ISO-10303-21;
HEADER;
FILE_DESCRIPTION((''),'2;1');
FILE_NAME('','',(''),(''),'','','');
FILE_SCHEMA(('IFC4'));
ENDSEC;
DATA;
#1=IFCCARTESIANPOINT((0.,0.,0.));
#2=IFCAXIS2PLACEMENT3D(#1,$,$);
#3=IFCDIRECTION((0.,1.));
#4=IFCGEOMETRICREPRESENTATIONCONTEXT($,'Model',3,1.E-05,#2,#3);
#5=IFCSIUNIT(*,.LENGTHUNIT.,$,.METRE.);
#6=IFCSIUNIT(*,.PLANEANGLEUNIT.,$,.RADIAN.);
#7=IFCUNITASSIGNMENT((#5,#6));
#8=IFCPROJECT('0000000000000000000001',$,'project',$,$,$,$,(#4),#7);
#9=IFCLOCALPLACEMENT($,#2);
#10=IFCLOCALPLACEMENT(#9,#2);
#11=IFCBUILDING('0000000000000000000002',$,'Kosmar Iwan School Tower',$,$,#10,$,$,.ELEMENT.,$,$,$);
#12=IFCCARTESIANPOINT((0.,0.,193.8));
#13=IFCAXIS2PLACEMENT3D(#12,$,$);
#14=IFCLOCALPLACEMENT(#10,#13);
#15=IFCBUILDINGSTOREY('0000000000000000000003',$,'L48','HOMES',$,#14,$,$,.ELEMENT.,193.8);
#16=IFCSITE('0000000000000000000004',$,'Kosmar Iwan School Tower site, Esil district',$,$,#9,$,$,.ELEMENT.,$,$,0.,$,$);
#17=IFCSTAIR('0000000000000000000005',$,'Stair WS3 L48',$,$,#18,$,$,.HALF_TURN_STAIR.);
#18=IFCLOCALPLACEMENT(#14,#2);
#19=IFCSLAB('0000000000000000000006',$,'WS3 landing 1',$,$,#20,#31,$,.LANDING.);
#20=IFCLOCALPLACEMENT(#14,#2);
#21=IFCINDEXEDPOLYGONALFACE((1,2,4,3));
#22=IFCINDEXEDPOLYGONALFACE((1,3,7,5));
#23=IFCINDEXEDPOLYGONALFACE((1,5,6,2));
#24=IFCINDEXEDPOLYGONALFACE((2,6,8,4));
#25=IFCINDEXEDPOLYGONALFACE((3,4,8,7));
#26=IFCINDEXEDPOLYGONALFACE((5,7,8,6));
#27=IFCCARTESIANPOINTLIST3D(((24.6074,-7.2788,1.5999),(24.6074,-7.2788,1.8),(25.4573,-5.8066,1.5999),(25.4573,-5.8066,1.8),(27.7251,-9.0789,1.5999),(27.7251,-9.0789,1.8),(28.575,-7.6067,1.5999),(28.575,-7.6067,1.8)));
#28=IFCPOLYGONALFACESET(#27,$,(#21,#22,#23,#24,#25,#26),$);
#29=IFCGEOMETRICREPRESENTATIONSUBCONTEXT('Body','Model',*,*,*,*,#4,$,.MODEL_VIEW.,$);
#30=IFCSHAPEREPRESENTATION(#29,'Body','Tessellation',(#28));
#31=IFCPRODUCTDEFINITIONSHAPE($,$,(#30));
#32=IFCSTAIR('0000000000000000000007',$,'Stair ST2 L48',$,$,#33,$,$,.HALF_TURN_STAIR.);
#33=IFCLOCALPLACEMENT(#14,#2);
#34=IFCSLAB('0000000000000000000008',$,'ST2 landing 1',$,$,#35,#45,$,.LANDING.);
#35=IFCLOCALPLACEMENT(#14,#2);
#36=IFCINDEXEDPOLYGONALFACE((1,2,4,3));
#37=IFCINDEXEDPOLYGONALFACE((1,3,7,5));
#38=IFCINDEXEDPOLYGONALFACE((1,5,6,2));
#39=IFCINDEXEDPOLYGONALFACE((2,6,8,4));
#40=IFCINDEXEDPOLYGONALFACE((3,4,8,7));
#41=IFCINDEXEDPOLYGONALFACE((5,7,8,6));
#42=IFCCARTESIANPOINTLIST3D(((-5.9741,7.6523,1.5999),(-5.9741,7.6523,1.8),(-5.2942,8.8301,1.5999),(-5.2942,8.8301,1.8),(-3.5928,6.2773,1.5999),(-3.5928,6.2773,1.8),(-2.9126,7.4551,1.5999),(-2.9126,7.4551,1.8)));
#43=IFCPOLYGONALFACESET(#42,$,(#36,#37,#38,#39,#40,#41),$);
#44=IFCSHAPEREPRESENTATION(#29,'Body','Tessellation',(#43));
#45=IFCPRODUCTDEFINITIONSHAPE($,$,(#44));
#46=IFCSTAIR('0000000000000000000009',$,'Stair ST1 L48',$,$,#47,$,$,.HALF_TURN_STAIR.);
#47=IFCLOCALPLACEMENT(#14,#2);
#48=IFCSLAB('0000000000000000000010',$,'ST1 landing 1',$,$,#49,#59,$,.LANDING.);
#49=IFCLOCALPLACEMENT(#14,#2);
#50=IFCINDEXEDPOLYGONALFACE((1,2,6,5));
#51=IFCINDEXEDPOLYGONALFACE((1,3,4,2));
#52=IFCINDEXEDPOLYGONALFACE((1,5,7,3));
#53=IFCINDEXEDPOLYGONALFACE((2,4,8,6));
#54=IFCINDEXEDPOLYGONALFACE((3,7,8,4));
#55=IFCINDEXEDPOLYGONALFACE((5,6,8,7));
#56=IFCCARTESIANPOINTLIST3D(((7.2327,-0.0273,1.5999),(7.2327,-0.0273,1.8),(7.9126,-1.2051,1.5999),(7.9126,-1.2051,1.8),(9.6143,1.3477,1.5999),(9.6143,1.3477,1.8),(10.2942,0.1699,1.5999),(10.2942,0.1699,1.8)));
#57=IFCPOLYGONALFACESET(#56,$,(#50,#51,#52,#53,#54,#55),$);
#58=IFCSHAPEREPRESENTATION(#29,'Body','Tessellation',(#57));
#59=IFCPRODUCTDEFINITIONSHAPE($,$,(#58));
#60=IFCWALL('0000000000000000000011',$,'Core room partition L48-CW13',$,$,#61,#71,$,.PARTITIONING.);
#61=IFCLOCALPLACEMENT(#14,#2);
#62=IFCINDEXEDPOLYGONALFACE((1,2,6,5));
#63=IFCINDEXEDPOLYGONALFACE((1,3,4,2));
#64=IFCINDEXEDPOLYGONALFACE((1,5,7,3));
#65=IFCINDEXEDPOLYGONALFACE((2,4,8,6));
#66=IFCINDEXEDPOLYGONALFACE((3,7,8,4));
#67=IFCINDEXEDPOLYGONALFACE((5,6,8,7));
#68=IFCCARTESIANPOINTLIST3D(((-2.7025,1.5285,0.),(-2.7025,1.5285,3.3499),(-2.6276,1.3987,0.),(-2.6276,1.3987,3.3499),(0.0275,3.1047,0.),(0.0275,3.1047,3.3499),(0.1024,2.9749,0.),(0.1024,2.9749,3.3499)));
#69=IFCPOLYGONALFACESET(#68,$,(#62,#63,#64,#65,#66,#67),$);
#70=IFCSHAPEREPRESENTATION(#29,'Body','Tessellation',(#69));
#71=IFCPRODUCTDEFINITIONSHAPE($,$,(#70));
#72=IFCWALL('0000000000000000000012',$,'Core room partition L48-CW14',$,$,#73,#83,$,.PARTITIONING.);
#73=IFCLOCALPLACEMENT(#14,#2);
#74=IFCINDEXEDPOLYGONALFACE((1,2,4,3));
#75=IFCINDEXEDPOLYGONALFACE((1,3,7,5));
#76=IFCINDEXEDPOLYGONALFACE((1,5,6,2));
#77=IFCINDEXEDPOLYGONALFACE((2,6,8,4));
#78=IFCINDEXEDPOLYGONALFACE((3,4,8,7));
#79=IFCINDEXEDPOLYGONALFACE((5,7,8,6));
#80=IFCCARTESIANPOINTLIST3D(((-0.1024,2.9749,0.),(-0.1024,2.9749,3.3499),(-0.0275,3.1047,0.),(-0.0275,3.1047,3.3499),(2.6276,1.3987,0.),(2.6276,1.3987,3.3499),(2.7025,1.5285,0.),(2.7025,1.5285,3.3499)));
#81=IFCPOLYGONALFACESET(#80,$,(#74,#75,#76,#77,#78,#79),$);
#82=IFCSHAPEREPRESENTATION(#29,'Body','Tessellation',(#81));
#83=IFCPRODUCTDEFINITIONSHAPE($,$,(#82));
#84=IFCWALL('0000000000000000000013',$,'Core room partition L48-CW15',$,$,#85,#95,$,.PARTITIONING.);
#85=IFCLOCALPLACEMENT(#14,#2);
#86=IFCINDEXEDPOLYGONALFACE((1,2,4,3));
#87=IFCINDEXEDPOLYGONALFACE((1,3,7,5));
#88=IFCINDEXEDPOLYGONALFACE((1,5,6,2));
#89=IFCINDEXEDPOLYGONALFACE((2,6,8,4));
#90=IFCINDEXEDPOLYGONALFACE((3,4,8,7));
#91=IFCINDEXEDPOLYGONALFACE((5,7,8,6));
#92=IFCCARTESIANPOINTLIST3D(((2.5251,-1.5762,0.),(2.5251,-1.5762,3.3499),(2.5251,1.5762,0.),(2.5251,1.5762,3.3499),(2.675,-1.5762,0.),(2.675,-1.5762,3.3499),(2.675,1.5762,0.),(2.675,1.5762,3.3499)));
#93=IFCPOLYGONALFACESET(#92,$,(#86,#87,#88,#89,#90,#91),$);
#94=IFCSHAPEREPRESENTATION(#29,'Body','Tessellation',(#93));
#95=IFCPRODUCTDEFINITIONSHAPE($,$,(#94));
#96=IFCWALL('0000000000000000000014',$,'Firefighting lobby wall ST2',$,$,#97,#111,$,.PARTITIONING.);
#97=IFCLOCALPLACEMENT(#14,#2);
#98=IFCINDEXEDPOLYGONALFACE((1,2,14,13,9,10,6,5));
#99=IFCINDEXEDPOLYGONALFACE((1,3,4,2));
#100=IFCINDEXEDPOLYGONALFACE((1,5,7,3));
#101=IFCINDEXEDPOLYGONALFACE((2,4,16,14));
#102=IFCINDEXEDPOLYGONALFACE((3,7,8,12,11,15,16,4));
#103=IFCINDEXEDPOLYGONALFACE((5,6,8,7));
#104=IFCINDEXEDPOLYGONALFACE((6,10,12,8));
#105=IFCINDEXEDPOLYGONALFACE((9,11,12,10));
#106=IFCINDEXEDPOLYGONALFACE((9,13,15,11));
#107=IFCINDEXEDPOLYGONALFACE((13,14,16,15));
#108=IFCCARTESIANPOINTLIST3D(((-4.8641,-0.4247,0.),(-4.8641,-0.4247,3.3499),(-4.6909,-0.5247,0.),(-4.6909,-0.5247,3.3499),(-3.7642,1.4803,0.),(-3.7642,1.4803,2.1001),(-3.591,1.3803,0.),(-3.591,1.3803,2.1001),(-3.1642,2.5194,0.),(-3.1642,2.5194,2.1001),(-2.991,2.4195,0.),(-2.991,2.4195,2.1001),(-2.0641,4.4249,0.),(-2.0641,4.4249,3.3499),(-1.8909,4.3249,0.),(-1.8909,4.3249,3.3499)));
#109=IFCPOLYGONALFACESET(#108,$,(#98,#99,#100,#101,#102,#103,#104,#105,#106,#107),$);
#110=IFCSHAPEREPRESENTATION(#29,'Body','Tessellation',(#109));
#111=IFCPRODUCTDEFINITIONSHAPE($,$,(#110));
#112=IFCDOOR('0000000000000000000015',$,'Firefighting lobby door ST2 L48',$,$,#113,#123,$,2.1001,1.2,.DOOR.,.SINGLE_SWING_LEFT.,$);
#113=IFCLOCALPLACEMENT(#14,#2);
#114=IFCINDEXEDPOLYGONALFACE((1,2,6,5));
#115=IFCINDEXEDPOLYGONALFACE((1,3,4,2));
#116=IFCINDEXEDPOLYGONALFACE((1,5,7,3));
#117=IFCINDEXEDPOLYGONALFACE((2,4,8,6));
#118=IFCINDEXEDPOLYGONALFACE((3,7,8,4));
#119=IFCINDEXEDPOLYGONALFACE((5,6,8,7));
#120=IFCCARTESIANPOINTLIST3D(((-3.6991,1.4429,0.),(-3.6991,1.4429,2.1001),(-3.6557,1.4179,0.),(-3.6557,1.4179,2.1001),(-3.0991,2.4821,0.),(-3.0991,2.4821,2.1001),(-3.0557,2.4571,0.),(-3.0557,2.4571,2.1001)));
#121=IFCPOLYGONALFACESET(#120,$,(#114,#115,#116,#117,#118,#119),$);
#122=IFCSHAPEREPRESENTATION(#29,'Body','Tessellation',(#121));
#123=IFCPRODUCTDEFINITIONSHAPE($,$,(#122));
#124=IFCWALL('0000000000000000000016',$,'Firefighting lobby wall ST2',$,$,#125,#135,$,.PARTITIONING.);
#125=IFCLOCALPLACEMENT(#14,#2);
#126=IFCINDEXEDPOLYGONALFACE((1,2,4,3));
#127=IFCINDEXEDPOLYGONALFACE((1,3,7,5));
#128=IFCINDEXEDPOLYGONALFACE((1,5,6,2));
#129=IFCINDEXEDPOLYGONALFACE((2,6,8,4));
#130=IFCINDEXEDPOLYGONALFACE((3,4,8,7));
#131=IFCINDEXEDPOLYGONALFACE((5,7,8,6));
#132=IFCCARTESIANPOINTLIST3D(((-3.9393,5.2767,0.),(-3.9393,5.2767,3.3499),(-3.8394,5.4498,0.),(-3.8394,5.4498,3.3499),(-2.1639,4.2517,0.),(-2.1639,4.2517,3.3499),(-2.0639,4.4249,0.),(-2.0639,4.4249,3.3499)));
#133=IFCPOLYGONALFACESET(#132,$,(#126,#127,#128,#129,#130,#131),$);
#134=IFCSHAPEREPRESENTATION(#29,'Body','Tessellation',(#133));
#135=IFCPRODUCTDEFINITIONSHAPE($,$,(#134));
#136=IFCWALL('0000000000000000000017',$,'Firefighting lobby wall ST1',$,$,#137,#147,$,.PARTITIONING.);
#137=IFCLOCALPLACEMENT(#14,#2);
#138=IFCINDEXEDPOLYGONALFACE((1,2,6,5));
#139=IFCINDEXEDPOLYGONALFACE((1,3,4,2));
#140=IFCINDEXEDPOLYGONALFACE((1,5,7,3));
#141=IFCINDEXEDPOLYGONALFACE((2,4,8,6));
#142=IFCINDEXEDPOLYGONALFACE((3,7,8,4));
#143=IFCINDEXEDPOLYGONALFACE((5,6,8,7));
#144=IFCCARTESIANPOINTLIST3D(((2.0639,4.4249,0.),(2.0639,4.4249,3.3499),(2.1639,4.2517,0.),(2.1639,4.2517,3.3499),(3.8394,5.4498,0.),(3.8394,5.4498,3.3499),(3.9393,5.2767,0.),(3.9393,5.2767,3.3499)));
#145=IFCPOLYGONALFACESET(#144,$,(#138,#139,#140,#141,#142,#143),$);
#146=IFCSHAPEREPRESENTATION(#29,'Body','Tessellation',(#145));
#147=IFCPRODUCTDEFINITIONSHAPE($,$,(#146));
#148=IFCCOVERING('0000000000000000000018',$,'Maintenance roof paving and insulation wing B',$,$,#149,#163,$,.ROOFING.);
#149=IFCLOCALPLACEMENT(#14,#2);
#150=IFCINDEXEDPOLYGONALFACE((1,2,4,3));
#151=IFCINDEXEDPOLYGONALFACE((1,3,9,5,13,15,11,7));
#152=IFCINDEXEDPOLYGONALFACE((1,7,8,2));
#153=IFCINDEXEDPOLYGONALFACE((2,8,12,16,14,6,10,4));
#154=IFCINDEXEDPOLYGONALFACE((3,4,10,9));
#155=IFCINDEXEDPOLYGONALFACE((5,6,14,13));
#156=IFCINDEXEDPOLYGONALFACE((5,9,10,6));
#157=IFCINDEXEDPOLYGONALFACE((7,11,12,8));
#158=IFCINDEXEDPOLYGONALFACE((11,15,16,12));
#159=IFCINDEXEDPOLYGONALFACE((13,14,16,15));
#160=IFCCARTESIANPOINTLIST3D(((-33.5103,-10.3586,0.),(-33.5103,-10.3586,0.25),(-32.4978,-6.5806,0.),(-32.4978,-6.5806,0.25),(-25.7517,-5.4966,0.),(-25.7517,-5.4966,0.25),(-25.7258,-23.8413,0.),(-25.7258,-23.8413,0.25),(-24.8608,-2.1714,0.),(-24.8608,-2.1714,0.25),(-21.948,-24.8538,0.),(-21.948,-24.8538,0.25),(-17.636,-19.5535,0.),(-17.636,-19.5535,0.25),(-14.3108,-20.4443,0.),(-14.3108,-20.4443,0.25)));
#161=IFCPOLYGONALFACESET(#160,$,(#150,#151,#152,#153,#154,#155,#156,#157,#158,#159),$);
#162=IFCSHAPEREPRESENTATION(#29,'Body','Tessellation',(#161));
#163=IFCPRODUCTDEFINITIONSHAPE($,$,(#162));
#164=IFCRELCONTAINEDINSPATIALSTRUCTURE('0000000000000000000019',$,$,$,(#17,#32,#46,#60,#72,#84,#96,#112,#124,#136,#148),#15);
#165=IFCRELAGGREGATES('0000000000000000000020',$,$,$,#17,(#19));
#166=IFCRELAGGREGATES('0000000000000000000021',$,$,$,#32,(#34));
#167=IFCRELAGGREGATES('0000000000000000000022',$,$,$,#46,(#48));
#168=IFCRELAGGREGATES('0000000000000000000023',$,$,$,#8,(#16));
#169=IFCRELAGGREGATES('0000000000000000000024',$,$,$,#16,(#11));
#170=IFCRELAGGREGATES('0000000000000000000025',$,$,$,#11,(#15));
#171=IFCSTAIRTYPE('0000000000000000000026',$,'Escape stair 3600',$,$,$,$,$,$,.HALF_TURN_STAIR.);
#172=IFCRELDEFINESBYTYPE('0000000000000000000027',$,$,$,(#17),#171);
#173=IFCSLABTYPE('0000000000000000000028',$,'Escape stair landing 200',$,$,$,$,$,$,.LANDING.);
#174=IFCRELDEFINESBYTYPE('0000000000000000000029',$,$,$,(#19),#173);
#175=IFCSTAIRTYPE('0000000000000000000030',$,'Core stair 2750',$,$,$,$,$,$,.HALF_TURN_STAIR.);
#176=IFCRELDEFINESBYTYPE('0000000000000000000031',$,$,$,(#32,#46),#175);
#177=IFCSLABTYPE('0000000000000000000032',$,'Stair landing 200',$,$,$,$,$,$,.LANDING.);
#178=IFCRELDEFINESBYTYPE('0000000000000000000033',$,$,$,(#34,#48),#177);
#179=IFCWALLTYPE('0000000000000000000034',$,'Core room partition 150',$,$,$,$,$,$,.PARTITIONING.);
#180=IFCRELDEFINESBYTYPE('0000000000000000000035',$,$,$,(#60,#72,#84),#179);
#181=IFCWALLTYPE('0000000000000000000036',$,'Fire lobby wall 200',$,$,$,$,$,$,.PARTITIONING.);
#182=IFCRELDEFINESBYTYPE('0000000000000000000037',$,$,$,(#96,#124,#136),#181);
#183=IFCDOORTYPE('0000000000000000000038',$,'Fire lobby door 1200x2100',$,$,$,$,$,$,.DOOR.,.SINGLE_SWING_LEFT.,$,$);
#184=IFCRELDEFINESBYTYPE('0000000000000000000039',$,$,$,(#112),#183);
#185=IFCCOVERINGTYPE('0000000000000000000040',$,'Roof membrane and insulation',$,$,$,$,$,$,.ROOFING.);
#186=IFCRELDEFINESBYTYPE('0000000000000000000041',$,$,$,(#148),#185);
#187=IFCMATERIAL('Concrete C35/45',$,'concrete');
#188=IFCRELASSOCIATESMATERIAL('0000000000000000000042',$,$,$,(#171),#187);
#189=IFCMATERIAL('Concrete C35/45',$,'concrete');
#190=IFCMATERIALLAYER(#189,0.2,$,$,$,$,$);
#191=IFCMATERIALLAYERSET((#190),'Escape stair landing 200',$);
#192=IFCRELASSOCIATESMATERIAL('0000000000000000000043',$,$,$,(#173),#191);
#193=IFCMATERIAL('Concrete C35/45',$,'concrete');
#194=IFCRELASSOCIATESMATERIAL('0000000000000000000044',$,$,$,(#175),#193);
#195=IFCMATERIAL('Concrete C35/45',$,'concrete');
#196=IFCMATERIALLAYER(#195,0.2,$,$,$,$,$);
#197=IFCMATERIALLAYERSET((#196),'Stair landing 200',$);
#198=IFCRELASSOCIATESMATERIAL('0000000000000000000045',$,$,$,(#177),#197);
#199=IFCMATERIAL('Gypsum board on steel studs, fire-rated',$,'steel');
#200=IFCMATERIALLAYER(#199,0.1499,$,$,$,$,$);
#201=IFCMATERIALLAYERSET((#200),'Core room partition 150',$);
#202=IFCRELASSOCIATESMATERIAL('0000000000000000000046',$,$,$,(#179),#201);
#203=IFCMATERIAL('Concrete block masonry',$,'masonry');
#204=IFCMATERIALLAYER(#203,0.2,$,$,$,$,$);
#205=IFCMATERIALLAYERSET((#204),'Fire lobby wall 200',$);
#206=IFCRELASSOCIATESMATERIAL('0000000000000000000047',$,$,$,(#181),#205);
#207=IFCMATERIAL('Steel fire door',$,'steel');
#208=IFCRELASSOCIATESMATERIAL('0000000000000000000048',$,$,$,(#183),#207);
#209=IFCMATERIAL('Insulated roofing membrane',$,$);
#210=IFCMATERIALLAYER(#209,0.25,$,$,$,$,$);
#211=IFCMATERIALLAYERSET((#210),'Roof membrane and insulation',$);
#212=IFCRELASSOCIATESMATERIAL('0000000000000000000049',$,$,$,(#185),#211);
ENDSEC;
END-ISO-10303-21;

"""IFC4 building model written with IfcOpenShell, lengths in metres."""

from ifc_helpers import new_model, si_unit, direction, frame, frame_2d, origin, place, context, subcontext, project, spatial, polyline, rectangle, outline, extrude, material, layer, layer_set, type_object, element, fill, aggregate, save


model = new_model("IFC4")

# Units and contexts
model_context = context("Model", 3, precision=1e-05, world=origin(), true_north=direction((0.0, 1.0)))
body_context = subcontext(model_context, "Body", "Model", "MODEL_VIEW")
ifc_project = project(units=[si_unit("LENGTHUNIT", "METRE"), si_unit("PLANEANGLEUNIT", "RADIAN")], contexts=[model_context])

# Site, building, storey
site_placement = place(None, origin())
site = spatial("IfcSite", under=ifc_project, at=site_placement, Name="Kosmar Iwan School Tower site, Esil district", CompositionType="ELEMENT", RefElevation=0.0)
building_placement = place(site_placement, origin())
building = spatial("IfcBuilding", under=site, at=building_placement, Name="Kosmar Iwan School Tower", CompositionType="ELEMENT")
storey_placement = place(building_placement, frame((0.0, 0.0, 193.8)))
storey = spatial("IfcBuildingStorey", under=building, at=storey_placement, Name="L48", Description="HOMES", CompositionType="ELEMENT", Elevation=193.8)

# Stairs, slabs
ifc_material_1 = material(Name="Concrete C35/45", Category="concrete")
stair_type_1 = type_object("IfcStairType", Name="Escape stair 3600", PredefinedType="HALF_TURN_STAIR", material=ifc_material_1)
stair_1_placement = place(storey_placement, origin())
stair_1 = element("IfcStair", 1, at=stair_1_placement, inside=storey, type_object=stair_type_1, Name="Stair WS3 L48", PredefinedType="HALF_TURN_STAIR")
ifc_material_2 = material(Name="Concrete C35/45", Category="concrete")
ifc_layer_1 = layer(ifc_material_2, 0.2)
ifc_layer_set_1 = layer_set([ifc_layer_1], Name="Escape stair landing 200")
slab_type_1 = type_object("IfcSlabType", Name="Escape stair landing 200", PredefinedType="LANDING", material=ifc_layer_set_1)
slab_1_placement = place(storey_placement, frame((0.0, 0.0, 1.5999)))
slab_1 = element("IfcSlab", 2, at=slab_1_placement, type_object=slab_type_1, Name="WS3 landing 1", PredefinedType="LANDING", context=body_context, shape_type="SweptSolid", body=[
    extrude(outline(polyline([(24.6074, -7.2788), (27.7251, -9.0789), (28.575, -7.6067), (25.4573, -5.8066), (24.6074, -7.2788)])), origin(), (0.0, 0.0, 1.0), 0.2002),
])
aggregate(stair_1, [slab_1])
ifc_material_3 = material(Name="Concrete C35/45", Category="concrete")
stair_type_2 = type_object("IfcStairType", Name="Core stair 2750", PredefinedType="HALF_TURN_STAIR", material=ifc_material_3)
stair_2_placement = place(storey_placement, origin())
stair_2 = element("IfcStair", 3, at=stair_2_placement, inside=storey, type_object=stair_type_2, Name="Stair ST2 L48", PredefinedType="HALF_TURN_STAIR")
ifc_material_4 = material(Name="Concrete C35/45", Category="concrete")
ifc_layer_2 = layer(ifc_material_4, 0.2)
ifc_layer_set_2 = layer_set([ifc_layer_2], Name="Stair landing 200")
slab_type_2 = type_object("IfcSlabType", Name="Stair landing 200", PredefinedType="LANDING", material=ifc_layer_set_2)
slab_2_placement = place(storey_placement, frame((0.0, 0.0, 1.5999)))
slab_2 = element("IfcSlab", 4, at=slab_2_placement, type_object=slab_type_2, Name="ST2 landing 1", PredefinedType="LANDING", context=body_context, shape_type="SweptSolid", body=[
    extrude(outline(polyline([(-2.9126, 7.4551), (-5.2942, 8.8301), (-5.9741, 7.6523), (-3.5928, 6.2773), (-2.9126, 7.4551)])), origin(), (0.0, 0.0, 1.0), 0.2002),
])
aggregate(stair_2, [slab_2])
stair_3_placement = place(storey_placement, origin())
stair_3 = element("IfcStair", 5, at=stair_3_placement, inside=storey, type_object=stair_type_2, Name="Stair ST1 L48", PredefinedType="HALF_TURN_STAIR")
slab_3_placement = place(storey_placement, frame((0.0, 0.0, 1.5999)))
slab_3 = element("IfcSlab", 6, at=slab_3_placement, type_object=slab_type_2, Name="ST1 landing 1", PredefinedType="LANDING", context=body_context, shape_type="SweptSolid", body=[
    extrude(outline(polyline([(7.9126, -1.2051), (10.2942, 0.1699), (9.6143, 1.3477), (7.2327, -0.0273), (7.9126, -1.2051)])), origin(), (0.0, 0.0, 1.0), 0.2002),
])
aggregate(stair_3, [slab_3])

# Walls
ifc_material_5 = material(Name="Gypsum board on steel studs, fire-rated", Category="steel")
ifc_layer_3 = layer(ifc_material_5, 0.1499)
ifc_layer_set_3 = layer_set([ifc_layer_3], Name="Core room partition 150")
wall_type_1 = type_object("IfcWallType", Name="Core room partition 150", PredefinedType="PARTITIONING", material=ifc_layer_set_3)
for number, where, z_axis, x_axis, name in (
    (7, (-2.665, 1.4636, 0.0), (0.0, 0.0, 1.0), (0.866023, 0.500004, 0.0), "Core room partition L48-CW13"),
    (8, (-0.0649, 3.0398, 0.0), (0.0, 0.0, 1.0), (0.866023, -0.500004, 0.0), "Core room partition L48-CW14"),
    (9, (2.6001, 1.5762, 0.0), (0.0, 0.0, 1.0), (0.0, -1.0, 0.0), "Core room partition L48-CW15"),
):
    element("IfcWall", number, at=place(storey_placement, frame(where, z_axis=z_axis, x_axis=x_axis)), inside=storey, type_object=wall_type_1, Name=name, PredefinedType="PARTITIONING", context=body_context, shape_type="SweptSolid", body=[
        extrude(rectangle(XDim=3.1523, YDim=0.1499, at=frame_2d((1.5762, 0.0))), origin(), (0.0, 0.0, 1.0), 3.3499),
    ])

# Wall, opening, door
ifc_material_6 = material(Name="Concrete block masonry", Category="masonry")
ifc_layer_4 = layer(ifc_material_6, 0.2)
ifc_layer_set_4 = layer_set([ifc_layer_4], Name="Fire lobby wall 200")
wall_type_2 = type_object("IfcWallType", Name="Fire lobby wall 200", PredefinedType="PARTITIONING", material=ifc_layer_set_4)
wall_placement = place(storey_placement, frame((-1.9775, 4.3748, 0.0), z_axis=(0.0, 0.0, 1.0), x_axis=(-0.500017, -0.866016, 0.0)))
wall = element("IfcWall", 10, at=wall_placement, inside=storey, type_object=wall_type_2, Name="Firefighting lobby wall ST2", PredefinedType="PARTITIONING", context=body_context, shape_type="SweptSolid", body=[
    extrude(rectangle(XDim=5.5999, YDim=0.2, at=frame_2d((2.7998, 0.0))), origin(), (0.0, 0.0, 1.0), 3.3499),
])
opening_placement = place(wall_placement, frame((2.2, 0.0, 0.0)))
opening = element("IfcOpeningElement", 11, at=opening_placement, cuts=wall, PredefinedType="OPENING", context=body_context, shape_type="SweptSolid", body=[
    extrude(rectangle(XDim=1.2, YDim=2.1001, at=frame_2d((0.6001, 1.05))), frame((0.0, 0.1121, 0.0), z_axis=(0.0, -1.0, 0.0), x_axis=(1.0, 0.0, 0.0)), (0.0, 0.0, 1.0), 0.2239),
])
ifc_material_7 = material(Name="Steel fire door", Category="steel")
door_type = type_object("IfcDoorType", Name="Fire lobby door 1200x2100", OperationType="SINGLE_SWING_LEFT", PredefinedType="DOOR", material=ifc_material_7)
door_placement = place(opening_placement, frame((1.2, 0.0, 0.0), z_axis=(0.0, 0.0, 1.0), x_axis=(-1.0, 0.0, 0.0)))
door = element("IfcDoor", 12, at=door_placement, inside=storey, type_object=door_type, Name="Firefighting lobby door ST2 L48", OperationType="SINGLE_SWING_LEFT", OverallHeight=2.1001, OverallWidth=1.2, PredefinedType="DOOR", context=body_context, shape_type="SweptSolid", body=[
    extrude(rectangle(XDim=1.2, YDim=2.1001, at=frame_2d((0.6001, 1.05))), frame((0.0, 0.0249, 0.0), z_axis=(0.0, -1.0, 0.0), x_axis=(1.0, 0.0, 0.0)), (0.0, 0.0, 1.0), 0.05),
])
fill(opening, door)

# Walls
for number, where, z_axis, x_axis, name in (
    (13, (-2.114, 4.3384, 0.0), (0.0, 0.0, 1.0), (-0.866051, 0.499956, 0.0), "Firefighting lobby wall ST2"),
    (14, (2.114, 4.3384, 0.0), (0.0, 0.0, 1.0), (0.866051, 0.499956, 0.0), "Firefighting lobby wall ST1"),
):
    element("IfcWall", number, at=place(storey_placement, frame(where, z_axis=z_axis, x_axis=x_axis)), inside=storey, type_object=wall_type_2, Name=name, PredefinedType="PARTITIONING", context=body_context, shape_type="SweptSolid", body=[
        extrude(rectangle(XDim=2.05, YDim=0.2, at=frame_2d((1.0249, 0.0))), origin(), (0.0, 0.0, 1.0), 3.3499),
    ])

# Covering
ifc_material_8 = material(Name="Insulated roofing membrane")
ifc_layer_5 = layer(ifc_material_8, 0.25)
ifc_layer_set_5 = layer_set([ifc_layer_5], Name="Roof membrane and insulation")
covering_type = type_object("IfcCoveringType", Name="Roof membrane and insulation", PredefinedType="ROOFING", material=ifc_layer_set_5)
covering_placement = place(storey_placement, origin())
element("IfcCovering", 15, at=covering_placement, inside=storey, type_object=covering_type, Name="Maintenance roof paving and insulation wing B", PredefinedType="ROOFING", context=body_context, shape_type="SweptSolid", body=[
    extrude(outline(polyline([(-21.948, -24.8538), (-14.3108, -20.4443), (-17.636, -19.5535), (-25.7517, -5.4966), (-24.8608, -2.1714), (-32.4978, -6.5806), (-33.5103, -10.3586), (-25.7258, -23.8413), (-21.948, -24.8538)])), origin(), (0.0, 0.0, 1.0), 0.25),
])

save(model, "model.ifc")
